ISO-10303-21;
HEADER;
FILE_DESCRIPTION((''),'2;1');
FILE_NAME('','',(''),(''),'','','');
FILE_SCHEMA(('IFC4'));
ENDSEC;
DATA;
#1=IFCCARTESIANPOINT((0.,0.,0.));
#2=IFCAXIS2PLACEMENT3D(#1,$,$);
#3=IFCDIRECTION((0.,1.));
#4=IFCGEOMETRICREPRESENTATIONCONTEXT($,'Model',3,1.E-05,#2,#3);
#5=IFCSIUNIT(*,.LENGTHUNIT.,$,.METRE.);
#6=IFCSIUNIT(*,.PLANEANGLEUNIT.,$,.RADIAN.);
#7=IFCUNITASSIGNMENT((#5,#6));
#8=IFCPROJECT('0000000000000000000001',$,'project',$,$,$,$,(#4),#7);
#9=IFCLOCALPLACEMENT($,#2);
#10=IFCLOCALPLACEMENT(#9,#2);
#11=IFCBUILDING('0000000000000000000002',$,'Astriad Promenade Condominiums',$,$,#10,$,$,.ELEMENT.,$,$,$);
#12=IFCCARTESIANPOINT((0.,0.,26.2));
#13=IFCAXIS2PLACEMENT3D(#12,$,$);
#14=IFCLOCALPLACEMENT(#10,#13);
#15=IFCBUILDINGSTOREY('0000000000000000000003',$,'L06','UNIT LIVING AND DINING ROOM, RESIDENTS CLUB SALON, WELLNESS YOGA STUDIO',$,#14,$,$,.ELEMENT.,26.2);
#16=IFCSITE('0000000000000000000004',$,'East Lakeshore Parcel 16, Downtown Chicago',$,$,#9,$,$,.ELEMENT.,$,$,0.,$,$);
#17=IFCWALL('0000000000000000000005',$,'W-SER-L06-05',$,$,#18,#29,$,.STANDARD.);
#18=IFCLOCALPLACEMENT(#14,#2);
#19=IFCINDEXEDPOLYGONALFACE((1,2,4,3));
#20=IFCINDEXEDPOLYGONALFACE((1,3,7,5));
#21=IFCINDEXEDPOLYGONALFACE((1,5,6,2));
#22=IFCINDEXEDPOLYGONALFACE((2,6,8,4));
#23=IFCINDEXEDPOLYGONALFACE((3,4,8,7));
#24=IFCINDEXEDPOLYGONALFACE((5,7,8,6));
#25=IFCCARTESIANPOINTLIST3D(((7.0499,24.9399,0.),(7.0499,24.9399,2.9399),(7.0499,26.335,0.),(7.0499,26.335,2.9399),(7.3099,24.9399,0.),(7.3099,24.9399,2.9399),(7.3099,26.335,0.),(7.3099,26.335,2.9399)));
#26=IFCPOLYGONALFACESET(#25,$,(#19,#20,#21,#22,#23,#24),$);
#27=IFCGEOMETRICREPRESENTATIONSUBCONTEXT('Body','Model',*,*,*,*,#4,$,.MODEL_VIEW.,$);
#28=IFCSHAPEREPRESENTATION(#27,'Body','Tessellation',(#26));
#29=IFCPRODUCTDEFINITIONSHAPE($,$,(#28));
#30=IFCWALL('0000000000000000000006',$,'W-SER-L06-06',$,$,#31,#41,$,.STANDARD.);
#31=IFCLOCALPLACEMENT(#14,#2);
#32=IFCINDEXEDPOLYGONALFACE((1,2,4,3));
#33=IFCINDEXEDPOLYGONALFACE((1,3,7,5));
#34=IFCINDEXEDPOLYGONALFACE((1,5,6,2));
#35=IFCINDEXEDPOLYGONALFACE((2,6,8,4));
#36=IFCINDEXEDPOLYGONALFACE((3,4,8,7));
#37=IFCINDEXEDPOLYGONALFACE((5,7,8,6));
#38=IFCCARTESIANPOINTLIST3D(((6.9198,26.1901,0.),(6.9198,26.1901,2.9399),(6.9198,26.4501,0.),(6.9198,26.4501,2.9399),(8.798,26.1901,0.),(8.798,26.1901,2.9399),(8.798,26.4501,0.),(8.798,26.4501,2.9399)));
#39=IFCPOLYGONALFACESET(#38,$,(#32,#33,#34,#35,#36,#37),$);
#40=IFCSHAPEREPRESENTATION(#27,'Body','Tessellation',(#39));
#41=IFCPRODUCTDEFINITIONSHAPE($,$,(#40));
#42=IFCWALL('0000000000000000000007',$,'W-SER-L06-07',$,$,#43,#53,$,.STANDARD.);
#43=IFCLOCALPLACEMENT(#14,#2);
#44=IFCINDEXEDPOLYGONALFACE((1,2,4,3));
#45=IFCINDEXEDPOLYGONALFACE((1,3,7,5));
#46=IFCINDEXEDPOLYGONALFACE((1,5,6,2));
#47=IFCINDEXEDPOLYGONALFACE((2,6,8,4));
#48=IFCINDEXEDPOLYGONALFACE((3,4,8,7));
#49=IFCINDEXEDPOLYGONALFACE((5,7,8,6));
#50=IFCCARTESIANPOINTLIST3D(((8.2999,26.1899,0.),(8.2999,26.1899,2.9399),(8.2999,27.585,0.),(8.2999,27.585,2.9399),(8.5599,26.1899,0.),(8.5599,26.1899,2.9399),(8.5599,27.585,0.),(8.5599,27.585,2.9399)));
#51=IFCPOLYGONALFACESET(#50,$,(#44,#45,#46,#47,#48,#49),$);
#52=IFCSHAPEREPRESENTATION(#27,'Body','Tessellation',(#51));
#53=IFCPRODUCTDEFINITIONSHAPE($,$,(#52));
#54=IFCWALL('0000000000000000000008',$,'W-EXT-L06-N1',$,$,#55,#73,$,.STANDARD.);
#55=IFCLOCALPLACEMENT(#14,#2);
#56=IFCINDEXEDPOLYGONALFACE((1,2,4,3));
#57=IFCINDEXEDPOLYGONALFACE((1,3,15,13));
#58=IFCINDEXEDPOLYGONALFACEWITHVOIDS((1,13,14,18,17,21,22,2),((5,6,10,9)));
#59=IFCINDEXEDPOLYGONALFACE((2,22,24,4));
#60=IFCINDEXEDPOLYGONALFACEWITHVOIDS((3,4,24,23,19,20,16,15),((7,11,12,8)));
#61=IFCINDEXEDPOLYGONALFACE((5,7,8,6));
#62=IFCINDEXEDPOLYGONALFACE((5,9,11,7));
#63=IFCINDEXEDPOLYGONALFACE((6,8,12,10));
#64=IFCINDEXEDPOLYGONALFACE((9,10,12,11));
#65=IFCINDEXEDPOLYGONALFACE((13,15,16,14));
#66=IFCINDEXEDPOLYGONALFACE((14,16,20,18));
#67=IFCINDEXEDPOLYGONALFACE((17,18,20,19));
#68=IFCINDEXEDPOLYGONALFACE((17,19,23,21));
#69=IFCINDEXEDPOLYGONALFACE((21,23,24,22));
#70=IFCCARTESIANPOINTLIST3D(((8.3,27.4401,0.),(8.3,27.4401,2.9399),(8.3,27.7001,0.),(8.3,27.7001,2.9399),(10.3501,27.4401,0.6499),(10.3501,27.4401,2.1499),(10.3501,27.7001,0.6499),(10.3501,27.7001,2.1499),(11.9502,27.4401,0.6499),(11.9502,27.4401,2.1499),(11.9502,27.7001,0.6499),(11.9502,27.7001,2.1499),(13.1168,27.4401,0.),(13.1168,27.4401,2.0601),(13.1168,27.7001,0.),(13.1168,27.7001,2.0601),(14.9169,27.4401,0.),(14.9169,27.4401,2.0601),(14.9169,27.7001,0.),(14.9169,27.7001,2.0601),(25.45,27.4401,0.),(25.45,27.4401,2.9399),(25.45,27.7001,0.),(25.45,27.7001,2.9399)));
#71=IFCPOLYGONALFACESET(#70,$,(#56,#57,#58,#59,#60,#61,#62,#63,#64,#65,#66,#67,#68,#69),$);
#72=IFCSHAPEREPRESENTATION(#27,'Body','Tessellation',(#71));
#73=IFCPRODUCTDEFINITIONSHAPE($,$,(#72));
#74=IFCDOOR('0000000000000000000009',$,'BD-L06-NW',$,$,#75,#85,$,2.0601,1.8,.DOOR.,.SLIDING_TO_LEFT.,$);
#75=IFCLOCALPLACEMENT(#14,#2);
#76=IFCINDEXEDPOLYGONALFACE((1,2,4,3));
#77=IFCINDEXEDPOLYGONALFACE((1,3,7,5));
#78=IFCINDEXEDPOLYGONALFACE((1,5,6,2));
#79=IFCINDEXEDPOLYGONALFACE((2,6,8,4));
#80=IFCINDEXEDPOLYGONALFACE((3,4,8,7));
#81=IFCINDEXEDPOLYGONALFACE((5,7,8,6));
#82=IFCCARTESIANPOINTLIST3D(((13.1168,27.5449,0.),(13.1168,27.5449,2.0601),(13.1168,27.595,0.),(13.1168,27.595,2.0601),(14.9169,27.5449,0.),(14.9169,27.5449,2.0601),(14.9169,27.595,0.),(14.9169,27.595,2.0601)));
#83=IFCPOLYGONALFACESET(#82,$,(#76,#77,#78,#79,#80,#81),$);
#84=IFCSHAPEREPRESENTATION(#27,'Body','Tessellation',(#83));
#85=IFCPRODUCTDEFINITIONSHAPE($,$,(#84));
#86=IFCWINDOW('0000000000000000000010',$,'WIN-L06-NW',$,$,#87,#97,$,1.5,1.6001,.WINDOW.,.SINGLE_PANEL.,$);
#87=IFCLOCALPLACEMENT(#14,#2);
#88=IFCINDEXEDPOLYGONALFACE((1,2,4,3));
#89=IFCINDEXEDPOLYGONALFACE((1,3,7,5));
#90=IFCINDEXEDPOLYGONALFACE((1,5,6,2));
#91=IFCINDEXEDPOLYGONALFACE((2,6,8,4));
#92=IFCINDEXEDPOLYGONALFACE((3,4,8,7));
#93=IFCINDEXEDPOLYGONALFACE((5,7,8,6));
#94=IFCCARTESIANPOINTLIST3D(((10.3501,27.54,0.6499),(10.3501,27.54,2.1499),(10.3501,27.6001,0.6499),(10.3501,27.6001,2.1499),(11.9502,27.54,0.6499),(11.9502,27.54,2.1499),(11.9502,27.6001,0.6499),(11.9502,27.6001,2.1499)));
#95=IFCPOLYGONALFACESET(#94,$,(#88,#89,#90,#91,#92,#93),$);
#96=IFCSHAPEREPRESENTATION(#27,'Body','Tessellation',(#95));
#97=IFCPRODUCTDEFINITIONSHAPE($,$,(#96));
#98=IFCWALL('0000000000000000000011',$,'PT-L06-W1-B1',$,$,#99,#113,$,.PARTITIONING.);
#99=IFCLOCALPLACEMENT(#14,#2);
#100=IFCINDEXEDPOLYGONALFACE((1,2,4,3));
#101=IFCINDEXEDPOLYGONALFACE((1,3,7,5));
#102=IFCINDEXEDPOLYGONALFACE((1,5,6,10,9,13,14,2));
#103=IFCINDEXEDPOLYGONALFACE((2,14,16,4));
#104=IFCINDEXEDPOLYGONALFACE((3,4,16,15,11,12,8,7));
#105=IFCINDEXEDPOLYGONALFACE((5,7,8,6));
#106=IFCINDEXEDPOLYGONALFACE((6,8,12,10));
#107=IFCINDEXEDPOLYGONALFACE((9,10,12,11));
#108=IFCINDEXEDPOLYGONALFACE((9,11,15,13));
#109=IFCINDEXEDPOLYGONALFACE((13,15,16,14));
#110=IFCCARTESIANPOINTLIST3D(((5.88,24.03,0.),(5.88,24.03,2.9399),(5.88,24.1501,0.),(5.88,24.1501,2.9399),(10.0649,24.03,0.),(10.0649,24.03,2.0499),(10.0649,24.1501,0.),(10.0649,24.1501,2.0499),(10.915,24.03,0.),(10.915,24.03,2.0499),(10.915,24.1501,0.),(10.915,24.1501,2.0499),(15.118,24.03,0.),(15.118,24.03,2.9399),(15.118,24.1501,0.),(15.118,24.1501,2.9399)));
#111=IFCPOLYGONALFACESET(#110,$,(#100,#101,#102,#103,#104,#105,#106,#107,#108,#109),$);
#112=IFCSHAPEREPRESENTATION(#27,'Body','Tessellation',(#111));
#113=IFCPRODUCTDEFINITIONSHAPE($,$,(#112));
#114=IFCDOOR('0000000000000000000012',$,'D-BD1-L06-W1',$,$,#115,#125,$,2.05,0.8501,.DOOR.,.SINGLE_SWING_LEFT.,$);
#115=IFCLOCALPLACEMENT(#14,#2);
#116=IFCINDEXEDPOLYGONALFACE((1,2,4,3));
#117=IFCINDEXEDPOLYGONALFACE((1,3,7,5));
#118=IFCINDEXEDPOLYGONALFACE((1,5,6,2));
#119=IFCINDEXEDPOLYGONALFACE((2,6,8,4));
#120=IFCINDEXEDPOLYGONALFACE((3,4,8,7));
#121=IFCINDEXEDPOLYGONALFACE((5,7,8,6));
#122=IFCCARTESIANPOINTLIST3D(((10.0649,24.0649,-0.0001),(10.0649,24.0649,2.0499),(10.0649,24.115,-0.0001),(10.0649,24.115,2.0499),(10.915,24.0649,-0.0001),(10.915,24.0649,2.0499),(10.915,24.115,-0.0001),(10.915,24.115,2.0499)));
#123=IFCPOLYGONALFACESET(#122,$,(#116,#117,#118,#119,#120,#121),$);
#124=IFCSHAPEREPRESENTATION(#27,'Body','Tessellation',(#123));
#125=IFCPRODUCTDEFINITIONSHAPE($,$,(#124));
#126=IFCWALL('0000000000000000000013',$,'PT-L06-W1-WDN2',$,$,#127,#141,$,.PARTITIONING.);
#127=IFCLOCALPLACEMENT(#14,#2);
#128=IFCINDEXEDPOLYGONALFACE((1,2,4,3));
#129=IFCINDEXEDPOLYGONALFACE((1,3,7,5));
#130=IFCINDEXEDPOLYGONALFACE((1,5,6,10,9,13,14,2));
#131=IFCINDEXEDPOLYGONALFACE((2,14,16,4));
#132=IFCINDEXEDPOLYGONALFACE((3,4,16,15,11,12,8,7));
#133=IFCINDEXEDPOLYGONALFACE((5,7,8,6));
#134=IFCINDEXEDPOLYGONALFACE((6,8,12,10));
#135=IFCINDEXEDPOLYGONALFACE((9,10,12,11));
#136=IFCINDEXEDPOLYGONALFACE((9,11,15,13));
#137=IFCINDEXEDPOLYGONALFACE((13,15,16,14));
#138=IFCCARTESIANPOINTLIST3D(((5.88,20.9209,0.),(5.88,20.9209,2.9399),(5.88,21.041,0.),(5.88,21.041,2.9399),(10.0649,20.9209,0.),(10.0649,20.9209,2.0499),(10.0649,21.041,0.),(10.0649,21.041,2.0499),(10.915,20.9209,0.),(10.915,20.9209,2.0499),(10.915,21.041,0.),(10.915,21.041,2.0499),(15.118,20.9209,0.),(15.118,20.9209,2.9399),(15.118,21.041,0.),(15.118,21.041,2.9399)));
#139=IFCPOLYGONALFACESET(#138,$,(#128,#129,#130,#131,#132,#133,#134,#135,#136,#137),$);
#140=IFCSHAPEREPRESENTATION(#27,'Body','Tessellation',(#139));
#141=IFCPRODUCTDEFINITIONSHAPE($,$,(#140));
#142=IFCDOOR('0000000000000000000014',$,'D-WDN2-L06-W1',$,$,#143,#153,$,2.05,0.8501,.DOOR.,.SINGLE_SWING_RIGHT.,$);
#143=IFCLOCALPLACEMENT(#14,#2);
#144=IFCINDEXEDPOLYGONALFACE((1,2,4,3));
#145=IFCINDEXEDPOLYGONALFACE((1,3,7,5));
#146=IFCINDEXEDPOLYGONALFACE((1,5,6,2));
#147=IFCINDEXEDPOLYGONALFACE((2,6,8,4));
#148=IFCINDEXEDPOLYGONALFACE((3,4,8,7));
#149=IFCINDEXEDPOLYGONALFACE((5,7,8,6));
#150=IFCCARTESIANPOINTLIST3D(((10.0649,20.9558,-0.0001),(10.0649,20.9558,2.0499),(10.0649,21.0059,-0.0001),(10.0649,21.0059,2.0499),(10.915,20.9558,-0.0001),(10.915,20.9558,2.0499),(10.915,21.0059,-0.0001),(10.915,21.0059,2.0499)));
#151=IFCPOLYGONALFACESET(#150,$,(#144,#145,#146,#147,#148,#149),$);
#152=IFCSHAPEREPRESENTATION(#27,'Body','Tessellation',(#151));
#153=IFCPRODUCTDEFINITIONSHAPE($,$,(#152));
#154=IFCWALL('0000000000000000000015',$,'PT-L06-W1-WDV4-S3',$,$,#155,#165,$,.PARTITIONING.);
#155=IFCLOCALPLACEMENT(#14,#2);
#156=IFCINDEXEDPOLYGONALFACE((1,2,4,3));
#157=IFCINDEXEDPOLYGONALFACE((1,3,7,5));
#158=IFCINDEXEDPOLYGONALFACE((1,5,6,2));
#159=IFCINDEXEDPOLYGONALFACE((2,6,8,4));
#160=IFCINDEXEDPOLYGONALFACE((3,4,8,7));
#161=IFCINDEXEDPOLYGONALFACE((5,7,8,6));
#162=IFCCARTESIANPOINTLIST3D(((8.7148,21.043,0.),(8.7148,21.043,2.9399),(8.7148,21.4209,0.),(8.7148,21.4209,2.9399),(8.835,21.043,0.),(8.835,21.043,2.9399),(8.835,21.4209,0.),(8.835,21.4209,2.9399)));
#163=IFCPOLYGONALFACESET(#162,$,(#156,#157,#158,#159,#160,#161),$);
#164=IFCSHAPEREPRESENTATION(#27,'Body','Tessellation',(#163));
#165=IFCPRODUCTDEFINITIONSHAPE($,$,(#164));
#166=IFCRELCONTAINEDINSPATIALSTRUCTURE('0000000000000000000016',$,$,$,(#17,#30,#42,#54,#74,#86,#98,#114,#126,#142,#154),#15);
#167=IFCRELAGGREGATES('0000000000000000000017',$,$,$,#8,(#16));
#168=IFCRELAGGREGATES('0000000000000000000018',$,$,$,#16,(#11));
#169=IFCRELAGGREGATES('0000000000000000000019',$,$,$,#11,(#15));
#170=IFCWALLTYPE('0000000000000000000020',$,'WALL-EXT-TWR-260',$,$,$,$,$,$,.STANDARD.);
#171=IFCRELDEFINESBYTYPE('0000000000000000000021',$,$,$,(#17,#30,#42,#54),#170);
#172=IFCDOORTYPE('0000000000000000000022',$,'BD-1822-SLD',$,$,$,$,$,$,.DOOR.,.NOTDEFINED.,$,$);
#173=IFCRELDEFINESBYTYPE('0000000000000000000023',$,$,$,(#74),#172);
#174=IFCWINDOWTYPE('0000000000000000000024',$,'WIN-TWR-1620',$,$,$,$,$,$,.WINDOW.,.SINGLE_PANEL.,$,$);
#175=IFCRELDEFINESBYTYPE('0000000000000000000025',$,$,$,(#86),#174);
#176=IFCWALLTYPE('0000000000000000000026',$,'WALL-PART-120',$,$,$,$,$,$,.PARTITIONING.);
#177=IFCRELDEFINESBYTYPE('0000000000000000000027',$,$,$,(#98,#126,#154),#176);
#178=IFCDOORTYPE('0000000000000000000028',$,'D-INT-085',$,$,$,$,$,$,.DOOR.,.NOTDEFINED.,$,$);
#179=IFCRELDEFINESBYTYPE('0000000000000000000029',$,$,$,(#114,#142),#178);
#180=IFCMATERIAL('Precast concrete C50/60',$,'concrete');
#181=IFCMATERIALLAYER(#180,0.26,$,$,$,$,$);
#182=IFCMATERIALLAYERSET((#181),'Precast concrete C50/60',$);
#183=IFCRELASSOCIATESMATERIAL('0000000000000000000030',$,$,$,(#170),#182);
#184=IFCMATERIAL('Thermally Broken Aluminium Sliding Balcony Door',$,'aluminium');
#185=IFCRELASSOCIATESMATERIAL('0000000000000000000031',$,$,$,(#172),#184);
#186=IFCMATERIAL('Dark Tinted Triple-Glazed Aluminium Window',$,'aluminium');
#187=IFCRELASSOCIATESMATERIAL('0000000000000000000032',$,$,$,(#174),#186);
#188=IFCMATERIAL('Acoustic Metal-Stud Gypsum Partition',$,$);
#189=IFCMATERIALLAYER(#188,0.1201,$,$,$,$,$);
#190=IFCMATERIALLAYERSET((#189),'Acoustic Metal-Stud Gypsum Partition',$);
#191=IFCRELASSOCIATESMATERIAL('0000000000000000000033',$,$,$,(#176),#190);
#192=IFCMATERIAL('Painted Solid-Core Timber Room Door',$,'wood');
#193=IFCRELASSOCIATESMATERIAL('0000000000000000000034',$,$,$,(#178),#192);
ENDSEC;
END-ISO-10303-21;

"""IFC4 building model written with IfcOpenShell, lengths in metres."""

from ifc_helpers import new_model, si_unit, direction, frame, frame_2d, origin, place, context, subcontext, project, spatial, rectangle, extrude, source, transform, mapped, material, layer, layer_set, type_object, type_shapes, element, fill, save


model = new_model("IFC4")

# Units and contexts
model_context = context("Model", 3, precision=1e-05, world=origin(), true_north=direction((0.0, 1.0)))
body_context = subcontext(model_context, "Body", "Model", "MODEL_VIEW")
ifc_project = project(units=[si_unit("LENGTHUNIT", "METRE"), si_unit("PLANEANGLEUNIT", "RADIAN")], contexts=[model_context])

# Site, building, storey
site_placement = place(None, origin())
site = spatial("IfcSite", under=ifc_project, at=site_placement, Name="East Lakeshore Parcel 16, Downtown Chicago", CompositionType="ELEMENT", RefElevation=0.0)
building_placement = place(site_placement, origin())
building = spatial("IfcBuilding", under=site, at=building_placement, Name="Astriad Promenade Condominiums", CompositionType="ELEMENT")
storey_placement = place(building_placement, frame((0.0, 0.0, 26.2)))
storey = spatial("IfcBuildingStorey", under=building, at=storey_placement, Name="L06", Description="UNIT LIVING AND DINING ROOM, RESIDENTS CLUB SALON, WELLNESS YOGA STUDIO", CompositionType="ELEMENT", Elevation=26.2)

# Walls
ifc_material_1 = material(Name="Precast concrete C50/60", Category="concrete")
ifc_layer_1 = layer(ifc_material_1, 0.26)
ifc_layer_set_1 = layer_set([ifc_layer_1], Name="Precast concrete C50/60")
wall_type_1 = type_object("IfcWallType", Name="WALL-EXT-TWR-260", PredefinedType="STANDARD", material=ifc_layer_set_1)
for number, where, z_axis, x_axis, name in (
    (1, (7.1799, 24.9399, 0.0), (0.0, 0.0, 1.0), (0.0, 1.0, 0.0), "W-SER-L06-05"),
):
    element("IfcWall", number, at=place(storey_placement, frame(where, z_axis=z_axis, x_axis=x_axis)), inside=storey, type_object=wall_type_1, Name=name, PredefinedType="STANDARD", context=body_context, shape_type="SweptSolid", body=[
        extrude(rectangle(XDim=1.395, YDim=0.26, at=frame_2d((0.6975, 0.0))), origin(), (0.0, 0.0, 1.0), 2.9399),
    ])
wall_1_placement = place(storey_placement, frame((6.9199, 26.3201, 0.0), z_axis=(0.0, 0.0, 1.0), x_axis=(1.0, 0.0, 0.0)))
element("IfcWall", 2, at=wall_1_placement, inside=storey, type_object=wall_type_1, Name="W-SER-L06-06", PredefinedType="STANDARD", context=body_context, shape_type="SweptSolid", body=[
    extrude(rectangle(XDim=1.8782, YDim=0.26, at=frame_2d((0.939, 0.0))), origin(), (0.0, 0.0, 1.0), 2.9399),
])
wall_2_placement = place(storey_placement, frame((8.4299, 26.1899, 0.0), z_axis=(0.0, 0.0, 1.0), x_axis=(0.0, 1.0, 0.0)))
element("IfcWall", 3, at=wall_2_placement, inside=storey, type_object=wall_type_1, Name="W-SER-L06-07", PredefinedType="STANDARD", context=body_context, shape_type="SweptSolid", body=[
    extrude(rectangle(XDim=1.395, YDim=0.26, at=frame_2d((0.6975, 0.0))), origin(), (0.0, 0.0, 1.0), 2.9399),
])

# Wall, openings, door, window
wall_3_placement = place(storey_placement, frame((8.3, 27.5701, 0.0), z_axis=(0.0, 0.0, 1.0), x_axis=(1.0, 0.0, 0.0)))
wall_3 = element("IfcWall", 4, at=wall_3_placement, inside=storey, type_object=wall_type_1, Name="W-EXT-L06-N1", PredefinedType="STANDARD", context=body_context, shape_type="SweptSolid", body=[
    extrude(rectangle(XDim=17.1499, YDim=0.26, at=frame_2d((8.575, 0.0))), origin(), (0.0, 0.0, 1.0), 2.9399),
])
opening_1_placement = place(wall_3_placement, frame((4.8169, 0.0, 0.0)))
opening_1 = element("IfcOpeningElement", 5, at=opening_1_placement, cuts=wall_3, PredefinedType="OPENING", context=body_context, shape_type="SweptSolid", body=[
    extrude(rectangle(XDim=1.8, YDim=2.0601, at=frame_2d((0.8999, 1.03))), frame((0.0, 0.1399, 0.0), z_axis=(0.0, -1.0, 0.0), x_axis=(1.0, 0.0, 0.0)), (0.0, 0.0, 1.0), 0.28),
])
opening_2_placement = place(wall_3_placement, frame((2.05, 0.0, 0.6499)))
opening_2 = element("IfcOpeningElement", 6, at=opening_2_placement, cuts=wall_3, PredefinedType="OPENING", context=body_context, shape_type="SweptSolid", body=[
    extrude(rectangle(XDim=1.6001, YDim=1.5, at=frame_2d((0.8, 0.75))), frame((0.0, 0.1399, 0.0), z_axis=(0.0, -1.0, 0.0), x_axis=(1.0, 0.0, 0.0)), (0.0, 0.0, 1.0), 0.28),
])
ifc_material_2 = material(Name="Thermally Broken Aluminium Sliding Balcony Door", Category="aluminium")
door_type_1 = type_object("IfcDoorType", Name="BD-1822-SLD", OperationType="NOTDEFINED", PredefinedType="DOOR", material=ifc_material_2)
shared_shape_1 = source(origin(), body_context, "Body", "SweptSolid", [
    extrude(rectangle(XDim=1.8, YDim=2.0601, at=frame_2d((0.8999, 1.03))), frame((0.0, 0.0249, 0.0), z_axis=(0.0, -1.0, 0.0), x_axis=(1.0, 0.0, 0.0)), (0.0, 0.0, 1.0), 0.05),
])
type_shapes(door_type_1, [shared_shape_1])
door_1_placement = place(opening_1_placement, origin())
door_1 = element("IfcDoor", 7, at=door_1_placement, inside=storey, type_object=door_type_1, Name="BD-L06-NW", OperationType="SLIDING_TO_LEFT", OverallHeight=2.0601, OverallWidth=1.8, PredefinedType="DOOR", context=body_context, shape_type="MappedRepresentation", body=[
    mapped(shared_shape_1, transform((0.0, 0.0, 0.0), scale=1.0)),
])
fill(opening_1, door_1)
ifc_material_3 = material(Name="Dark Tinted Triple-Glazed Aluminium Window", Category="aluminium")
window_type = type_object("IfcWindowType", Name="WIN-TWR-1620", PartitioningType="SINGLE_PANEL", PredefinedType="WINDOW", material=ifc_material_3)
shared_shape_2 = source(origin(), body_context, "Body", "SweptSolid", [
    extrude(rectangle(XDim=1.6001, YDim=1.5, at=frame_2d((0.8, 0.75))), frame((0.0, 0.03, 0.0), z_axis=(0.0, -1.0, 0.0), x_axis=(1.0, 0.0, 0.0)), (0.0, 0.0, 1.0), 0.0601),
])
type_shapes(window_type, [shared_shape_2])
window_placement = place(opening_2_placement, origin())
window = element("IfcWindow", 8, at=window_placement, inside=storey, type_object=window_type, Name="WIN-L06-NW", OverallHeight=1.5, OverallWidth=1.6001, PartitioningType="SINGLE_PANEL", PredefinedType="WINDOW", context=body_context, shape_type="MappedRepresentation", body=[
    mapped(shared_shape_2, transform((0.0, 0.0, 0.0), scale=1.0)),
])
fill(opening_2, window)

# Walls, openings, doors
ifc_material_4 = material(Name="Acoustic Metal-Stud Gypsum Partition")
ifc_layer_2 = layer(ifc_material_4, 0.1201)
ifc_layer_set_2 = layer_set([ifc_layer_2], Name="Acoustic Metal-Stud Gypsum Partition")
wall_type_2 = type_object("IfcWallType", Name="WALL-PART-120", PredefinedType="PARTITIONING", material=ifc_layer_set_2)
wall_4_placement = place(storey_placement, frame((5.8799, 24.0901, 0.0), z_axis=(0.0, 0.0, 1.0), x_axis=(1.0, 0.0, 0.0)))
wall_4 = element("IfcWall", 9, at=wall_4_placement, inside=storey, type_object=wall_type_2, Name="PT-L06-W1-B1", PredefinedType="PARTITIONING", context=body_context, shape_type="SweptSolid", body=[
    extrude(rectangle(XDim=9.238, YDim=0.1201, at=frame_2d((4.6191, 0.0))), origin(), (0.0, 0.0, 1.0), 2.9399),
])
opening_3_placement = place(wall_4_placement, frame((4.1851, 0.0, 0.0)))
opening_3 = element("IfcOpeningElement", 10, at=opening_3_placement, cuts=wall_4, PredefinedType="OPENING", context=body_context, shape_type="SweptSolid", body=[
    extrude(rectangle(XDim=0.8501, YDim=2.05, at=frame_2d((0.425, 1.0249))), frame((0.0, 0.0701, 0.0), z_axis=(0.0, -1.0, 0.0), x_axis=(1.0, 0.0, 0.0)), (0.0, 0.0, 1.0), 0.1401),
])
ifc_material_5 = material(Name="Painted Solid-Core Timber Room Door", Category="wood")
door_type_2 = type_object("IfcDoorType", Name="D-INT-085", OperationType="NOTDEFINED", PredefinedType="DOOR", material=ifc_material_5)
shared_shape_3 = source(origin(), body_context, "Body", "SweptSolid", [
    extrude(rectangle(XDim=0.8501, YDim=2.05, at=frame_2d((0.425, 1.0249))), frame((0.0, 0.0249, 0.0), z_axis=(0.0, -1.0, 0.0), x_axis=(1.0, 0.0, 0.0)), (0.0, 0.0, 1.0), 0.05),
])
type_shapes(door_type_2, [shared_shape_3])
door_2_placement = place(opening_3_placement, origin())
door_2 = element("IfcDoor", 11, at=door_2_placement, inside=storey, type_object=door_type_2, Name="D-BD1-L06-W1", OperationType="SINGLE_SWING_LEFT", OverallHeight=2.05, OverallWidth=0.8501, PredefinedType="DOOR", context=body_context, shape_type="MappedRepresentation", body=[
    mapped(shared_shape_3, transform((0.0, 0.0, 0.0), scale=1.0)),
])
fill(opening_3, door_2)
wall_5_placement = place(storey_placement, frame((5.8799, 20.981, 0.0), z_axis=(0.0, 0.0, 1.0), x_axis=(1.0, 0.0, 0.0)))
wall_5 = element("IfcWall", 12, at=wall_5_placement, inside=storey, type_object=wall_type_2, Name="PT-L06-W1-WDN2", PredefinedType="PARTITIONING", context=body_context, shape_type="SweptSolid", body=[
    extrude(rectangle(XDim=9.238, YDim=0.1201, at=frame_2d((4.6191, 0.0))), origin(), (0.0, 0.0, 1.0), 2.9399),
])
opening_4_placement = place(wall_5_placement, frame((4.1851, 0.0, 0.0)))
opening_4 = element("IfcOpeningElement", 13, at=opening_4_placement, cuts=wall_5, PredefinedType="OPENING", context=body_context, shape_type="SweptSolid", body=[
    extrude(rectangle(XDim=0.8501, YDim=2.05, at=frame_2d((0.425, 1.0249))), frame((0.0, 0.0701, 0.0), z_axis=(0.0, -1.0, 0.0), x_axis=(1.0, 0.0, 0.0)), (0.0, 0.0, 1.0), 0.1401),
])
door_3_placement = place(opening_4_placement, origin())
door_3 = element("IfcDoor", 14, at=door_3_placement, inside=storey, type_object=door_type_2, Name="D-WDN2-L06-W1", OperationType="SINGLE_SWING_RIGHT", OverallHeight=2.05, OverallWidth=0.8501, PredefinedType="DOOR", context=body_context, shape_type="MappedRepresentation", body=[
    mapped(shared_shape_3, transform((0.0, 0.0, 0.0), scale=1.0)),
])
fill(opening_4, door_3)

# Wall
wall_6_placement = place(storey_placement, frame((8.7749, 21.043, 0.0), z_axis=(0.0, 0.0, 1.0), x_axis=(0.0, 1.0, 0.0)))
element("IfcWall", 15, at=wall_6_placement, inside=storey, type_object=wall_type_2, Name="PT-L06-W1-WDV4-S3", PredefinedType="PARTITIONING", context=body_context, shape_type="SweptSolid", body=[
    extrude(rectangle(XDim=0.3779, YDim=0.1201, at=frame_2d((0.189, 0.0))), origin(), (0.0, 0.0, 1.0), 2.9399),
])

save(model, "model.ifc")
